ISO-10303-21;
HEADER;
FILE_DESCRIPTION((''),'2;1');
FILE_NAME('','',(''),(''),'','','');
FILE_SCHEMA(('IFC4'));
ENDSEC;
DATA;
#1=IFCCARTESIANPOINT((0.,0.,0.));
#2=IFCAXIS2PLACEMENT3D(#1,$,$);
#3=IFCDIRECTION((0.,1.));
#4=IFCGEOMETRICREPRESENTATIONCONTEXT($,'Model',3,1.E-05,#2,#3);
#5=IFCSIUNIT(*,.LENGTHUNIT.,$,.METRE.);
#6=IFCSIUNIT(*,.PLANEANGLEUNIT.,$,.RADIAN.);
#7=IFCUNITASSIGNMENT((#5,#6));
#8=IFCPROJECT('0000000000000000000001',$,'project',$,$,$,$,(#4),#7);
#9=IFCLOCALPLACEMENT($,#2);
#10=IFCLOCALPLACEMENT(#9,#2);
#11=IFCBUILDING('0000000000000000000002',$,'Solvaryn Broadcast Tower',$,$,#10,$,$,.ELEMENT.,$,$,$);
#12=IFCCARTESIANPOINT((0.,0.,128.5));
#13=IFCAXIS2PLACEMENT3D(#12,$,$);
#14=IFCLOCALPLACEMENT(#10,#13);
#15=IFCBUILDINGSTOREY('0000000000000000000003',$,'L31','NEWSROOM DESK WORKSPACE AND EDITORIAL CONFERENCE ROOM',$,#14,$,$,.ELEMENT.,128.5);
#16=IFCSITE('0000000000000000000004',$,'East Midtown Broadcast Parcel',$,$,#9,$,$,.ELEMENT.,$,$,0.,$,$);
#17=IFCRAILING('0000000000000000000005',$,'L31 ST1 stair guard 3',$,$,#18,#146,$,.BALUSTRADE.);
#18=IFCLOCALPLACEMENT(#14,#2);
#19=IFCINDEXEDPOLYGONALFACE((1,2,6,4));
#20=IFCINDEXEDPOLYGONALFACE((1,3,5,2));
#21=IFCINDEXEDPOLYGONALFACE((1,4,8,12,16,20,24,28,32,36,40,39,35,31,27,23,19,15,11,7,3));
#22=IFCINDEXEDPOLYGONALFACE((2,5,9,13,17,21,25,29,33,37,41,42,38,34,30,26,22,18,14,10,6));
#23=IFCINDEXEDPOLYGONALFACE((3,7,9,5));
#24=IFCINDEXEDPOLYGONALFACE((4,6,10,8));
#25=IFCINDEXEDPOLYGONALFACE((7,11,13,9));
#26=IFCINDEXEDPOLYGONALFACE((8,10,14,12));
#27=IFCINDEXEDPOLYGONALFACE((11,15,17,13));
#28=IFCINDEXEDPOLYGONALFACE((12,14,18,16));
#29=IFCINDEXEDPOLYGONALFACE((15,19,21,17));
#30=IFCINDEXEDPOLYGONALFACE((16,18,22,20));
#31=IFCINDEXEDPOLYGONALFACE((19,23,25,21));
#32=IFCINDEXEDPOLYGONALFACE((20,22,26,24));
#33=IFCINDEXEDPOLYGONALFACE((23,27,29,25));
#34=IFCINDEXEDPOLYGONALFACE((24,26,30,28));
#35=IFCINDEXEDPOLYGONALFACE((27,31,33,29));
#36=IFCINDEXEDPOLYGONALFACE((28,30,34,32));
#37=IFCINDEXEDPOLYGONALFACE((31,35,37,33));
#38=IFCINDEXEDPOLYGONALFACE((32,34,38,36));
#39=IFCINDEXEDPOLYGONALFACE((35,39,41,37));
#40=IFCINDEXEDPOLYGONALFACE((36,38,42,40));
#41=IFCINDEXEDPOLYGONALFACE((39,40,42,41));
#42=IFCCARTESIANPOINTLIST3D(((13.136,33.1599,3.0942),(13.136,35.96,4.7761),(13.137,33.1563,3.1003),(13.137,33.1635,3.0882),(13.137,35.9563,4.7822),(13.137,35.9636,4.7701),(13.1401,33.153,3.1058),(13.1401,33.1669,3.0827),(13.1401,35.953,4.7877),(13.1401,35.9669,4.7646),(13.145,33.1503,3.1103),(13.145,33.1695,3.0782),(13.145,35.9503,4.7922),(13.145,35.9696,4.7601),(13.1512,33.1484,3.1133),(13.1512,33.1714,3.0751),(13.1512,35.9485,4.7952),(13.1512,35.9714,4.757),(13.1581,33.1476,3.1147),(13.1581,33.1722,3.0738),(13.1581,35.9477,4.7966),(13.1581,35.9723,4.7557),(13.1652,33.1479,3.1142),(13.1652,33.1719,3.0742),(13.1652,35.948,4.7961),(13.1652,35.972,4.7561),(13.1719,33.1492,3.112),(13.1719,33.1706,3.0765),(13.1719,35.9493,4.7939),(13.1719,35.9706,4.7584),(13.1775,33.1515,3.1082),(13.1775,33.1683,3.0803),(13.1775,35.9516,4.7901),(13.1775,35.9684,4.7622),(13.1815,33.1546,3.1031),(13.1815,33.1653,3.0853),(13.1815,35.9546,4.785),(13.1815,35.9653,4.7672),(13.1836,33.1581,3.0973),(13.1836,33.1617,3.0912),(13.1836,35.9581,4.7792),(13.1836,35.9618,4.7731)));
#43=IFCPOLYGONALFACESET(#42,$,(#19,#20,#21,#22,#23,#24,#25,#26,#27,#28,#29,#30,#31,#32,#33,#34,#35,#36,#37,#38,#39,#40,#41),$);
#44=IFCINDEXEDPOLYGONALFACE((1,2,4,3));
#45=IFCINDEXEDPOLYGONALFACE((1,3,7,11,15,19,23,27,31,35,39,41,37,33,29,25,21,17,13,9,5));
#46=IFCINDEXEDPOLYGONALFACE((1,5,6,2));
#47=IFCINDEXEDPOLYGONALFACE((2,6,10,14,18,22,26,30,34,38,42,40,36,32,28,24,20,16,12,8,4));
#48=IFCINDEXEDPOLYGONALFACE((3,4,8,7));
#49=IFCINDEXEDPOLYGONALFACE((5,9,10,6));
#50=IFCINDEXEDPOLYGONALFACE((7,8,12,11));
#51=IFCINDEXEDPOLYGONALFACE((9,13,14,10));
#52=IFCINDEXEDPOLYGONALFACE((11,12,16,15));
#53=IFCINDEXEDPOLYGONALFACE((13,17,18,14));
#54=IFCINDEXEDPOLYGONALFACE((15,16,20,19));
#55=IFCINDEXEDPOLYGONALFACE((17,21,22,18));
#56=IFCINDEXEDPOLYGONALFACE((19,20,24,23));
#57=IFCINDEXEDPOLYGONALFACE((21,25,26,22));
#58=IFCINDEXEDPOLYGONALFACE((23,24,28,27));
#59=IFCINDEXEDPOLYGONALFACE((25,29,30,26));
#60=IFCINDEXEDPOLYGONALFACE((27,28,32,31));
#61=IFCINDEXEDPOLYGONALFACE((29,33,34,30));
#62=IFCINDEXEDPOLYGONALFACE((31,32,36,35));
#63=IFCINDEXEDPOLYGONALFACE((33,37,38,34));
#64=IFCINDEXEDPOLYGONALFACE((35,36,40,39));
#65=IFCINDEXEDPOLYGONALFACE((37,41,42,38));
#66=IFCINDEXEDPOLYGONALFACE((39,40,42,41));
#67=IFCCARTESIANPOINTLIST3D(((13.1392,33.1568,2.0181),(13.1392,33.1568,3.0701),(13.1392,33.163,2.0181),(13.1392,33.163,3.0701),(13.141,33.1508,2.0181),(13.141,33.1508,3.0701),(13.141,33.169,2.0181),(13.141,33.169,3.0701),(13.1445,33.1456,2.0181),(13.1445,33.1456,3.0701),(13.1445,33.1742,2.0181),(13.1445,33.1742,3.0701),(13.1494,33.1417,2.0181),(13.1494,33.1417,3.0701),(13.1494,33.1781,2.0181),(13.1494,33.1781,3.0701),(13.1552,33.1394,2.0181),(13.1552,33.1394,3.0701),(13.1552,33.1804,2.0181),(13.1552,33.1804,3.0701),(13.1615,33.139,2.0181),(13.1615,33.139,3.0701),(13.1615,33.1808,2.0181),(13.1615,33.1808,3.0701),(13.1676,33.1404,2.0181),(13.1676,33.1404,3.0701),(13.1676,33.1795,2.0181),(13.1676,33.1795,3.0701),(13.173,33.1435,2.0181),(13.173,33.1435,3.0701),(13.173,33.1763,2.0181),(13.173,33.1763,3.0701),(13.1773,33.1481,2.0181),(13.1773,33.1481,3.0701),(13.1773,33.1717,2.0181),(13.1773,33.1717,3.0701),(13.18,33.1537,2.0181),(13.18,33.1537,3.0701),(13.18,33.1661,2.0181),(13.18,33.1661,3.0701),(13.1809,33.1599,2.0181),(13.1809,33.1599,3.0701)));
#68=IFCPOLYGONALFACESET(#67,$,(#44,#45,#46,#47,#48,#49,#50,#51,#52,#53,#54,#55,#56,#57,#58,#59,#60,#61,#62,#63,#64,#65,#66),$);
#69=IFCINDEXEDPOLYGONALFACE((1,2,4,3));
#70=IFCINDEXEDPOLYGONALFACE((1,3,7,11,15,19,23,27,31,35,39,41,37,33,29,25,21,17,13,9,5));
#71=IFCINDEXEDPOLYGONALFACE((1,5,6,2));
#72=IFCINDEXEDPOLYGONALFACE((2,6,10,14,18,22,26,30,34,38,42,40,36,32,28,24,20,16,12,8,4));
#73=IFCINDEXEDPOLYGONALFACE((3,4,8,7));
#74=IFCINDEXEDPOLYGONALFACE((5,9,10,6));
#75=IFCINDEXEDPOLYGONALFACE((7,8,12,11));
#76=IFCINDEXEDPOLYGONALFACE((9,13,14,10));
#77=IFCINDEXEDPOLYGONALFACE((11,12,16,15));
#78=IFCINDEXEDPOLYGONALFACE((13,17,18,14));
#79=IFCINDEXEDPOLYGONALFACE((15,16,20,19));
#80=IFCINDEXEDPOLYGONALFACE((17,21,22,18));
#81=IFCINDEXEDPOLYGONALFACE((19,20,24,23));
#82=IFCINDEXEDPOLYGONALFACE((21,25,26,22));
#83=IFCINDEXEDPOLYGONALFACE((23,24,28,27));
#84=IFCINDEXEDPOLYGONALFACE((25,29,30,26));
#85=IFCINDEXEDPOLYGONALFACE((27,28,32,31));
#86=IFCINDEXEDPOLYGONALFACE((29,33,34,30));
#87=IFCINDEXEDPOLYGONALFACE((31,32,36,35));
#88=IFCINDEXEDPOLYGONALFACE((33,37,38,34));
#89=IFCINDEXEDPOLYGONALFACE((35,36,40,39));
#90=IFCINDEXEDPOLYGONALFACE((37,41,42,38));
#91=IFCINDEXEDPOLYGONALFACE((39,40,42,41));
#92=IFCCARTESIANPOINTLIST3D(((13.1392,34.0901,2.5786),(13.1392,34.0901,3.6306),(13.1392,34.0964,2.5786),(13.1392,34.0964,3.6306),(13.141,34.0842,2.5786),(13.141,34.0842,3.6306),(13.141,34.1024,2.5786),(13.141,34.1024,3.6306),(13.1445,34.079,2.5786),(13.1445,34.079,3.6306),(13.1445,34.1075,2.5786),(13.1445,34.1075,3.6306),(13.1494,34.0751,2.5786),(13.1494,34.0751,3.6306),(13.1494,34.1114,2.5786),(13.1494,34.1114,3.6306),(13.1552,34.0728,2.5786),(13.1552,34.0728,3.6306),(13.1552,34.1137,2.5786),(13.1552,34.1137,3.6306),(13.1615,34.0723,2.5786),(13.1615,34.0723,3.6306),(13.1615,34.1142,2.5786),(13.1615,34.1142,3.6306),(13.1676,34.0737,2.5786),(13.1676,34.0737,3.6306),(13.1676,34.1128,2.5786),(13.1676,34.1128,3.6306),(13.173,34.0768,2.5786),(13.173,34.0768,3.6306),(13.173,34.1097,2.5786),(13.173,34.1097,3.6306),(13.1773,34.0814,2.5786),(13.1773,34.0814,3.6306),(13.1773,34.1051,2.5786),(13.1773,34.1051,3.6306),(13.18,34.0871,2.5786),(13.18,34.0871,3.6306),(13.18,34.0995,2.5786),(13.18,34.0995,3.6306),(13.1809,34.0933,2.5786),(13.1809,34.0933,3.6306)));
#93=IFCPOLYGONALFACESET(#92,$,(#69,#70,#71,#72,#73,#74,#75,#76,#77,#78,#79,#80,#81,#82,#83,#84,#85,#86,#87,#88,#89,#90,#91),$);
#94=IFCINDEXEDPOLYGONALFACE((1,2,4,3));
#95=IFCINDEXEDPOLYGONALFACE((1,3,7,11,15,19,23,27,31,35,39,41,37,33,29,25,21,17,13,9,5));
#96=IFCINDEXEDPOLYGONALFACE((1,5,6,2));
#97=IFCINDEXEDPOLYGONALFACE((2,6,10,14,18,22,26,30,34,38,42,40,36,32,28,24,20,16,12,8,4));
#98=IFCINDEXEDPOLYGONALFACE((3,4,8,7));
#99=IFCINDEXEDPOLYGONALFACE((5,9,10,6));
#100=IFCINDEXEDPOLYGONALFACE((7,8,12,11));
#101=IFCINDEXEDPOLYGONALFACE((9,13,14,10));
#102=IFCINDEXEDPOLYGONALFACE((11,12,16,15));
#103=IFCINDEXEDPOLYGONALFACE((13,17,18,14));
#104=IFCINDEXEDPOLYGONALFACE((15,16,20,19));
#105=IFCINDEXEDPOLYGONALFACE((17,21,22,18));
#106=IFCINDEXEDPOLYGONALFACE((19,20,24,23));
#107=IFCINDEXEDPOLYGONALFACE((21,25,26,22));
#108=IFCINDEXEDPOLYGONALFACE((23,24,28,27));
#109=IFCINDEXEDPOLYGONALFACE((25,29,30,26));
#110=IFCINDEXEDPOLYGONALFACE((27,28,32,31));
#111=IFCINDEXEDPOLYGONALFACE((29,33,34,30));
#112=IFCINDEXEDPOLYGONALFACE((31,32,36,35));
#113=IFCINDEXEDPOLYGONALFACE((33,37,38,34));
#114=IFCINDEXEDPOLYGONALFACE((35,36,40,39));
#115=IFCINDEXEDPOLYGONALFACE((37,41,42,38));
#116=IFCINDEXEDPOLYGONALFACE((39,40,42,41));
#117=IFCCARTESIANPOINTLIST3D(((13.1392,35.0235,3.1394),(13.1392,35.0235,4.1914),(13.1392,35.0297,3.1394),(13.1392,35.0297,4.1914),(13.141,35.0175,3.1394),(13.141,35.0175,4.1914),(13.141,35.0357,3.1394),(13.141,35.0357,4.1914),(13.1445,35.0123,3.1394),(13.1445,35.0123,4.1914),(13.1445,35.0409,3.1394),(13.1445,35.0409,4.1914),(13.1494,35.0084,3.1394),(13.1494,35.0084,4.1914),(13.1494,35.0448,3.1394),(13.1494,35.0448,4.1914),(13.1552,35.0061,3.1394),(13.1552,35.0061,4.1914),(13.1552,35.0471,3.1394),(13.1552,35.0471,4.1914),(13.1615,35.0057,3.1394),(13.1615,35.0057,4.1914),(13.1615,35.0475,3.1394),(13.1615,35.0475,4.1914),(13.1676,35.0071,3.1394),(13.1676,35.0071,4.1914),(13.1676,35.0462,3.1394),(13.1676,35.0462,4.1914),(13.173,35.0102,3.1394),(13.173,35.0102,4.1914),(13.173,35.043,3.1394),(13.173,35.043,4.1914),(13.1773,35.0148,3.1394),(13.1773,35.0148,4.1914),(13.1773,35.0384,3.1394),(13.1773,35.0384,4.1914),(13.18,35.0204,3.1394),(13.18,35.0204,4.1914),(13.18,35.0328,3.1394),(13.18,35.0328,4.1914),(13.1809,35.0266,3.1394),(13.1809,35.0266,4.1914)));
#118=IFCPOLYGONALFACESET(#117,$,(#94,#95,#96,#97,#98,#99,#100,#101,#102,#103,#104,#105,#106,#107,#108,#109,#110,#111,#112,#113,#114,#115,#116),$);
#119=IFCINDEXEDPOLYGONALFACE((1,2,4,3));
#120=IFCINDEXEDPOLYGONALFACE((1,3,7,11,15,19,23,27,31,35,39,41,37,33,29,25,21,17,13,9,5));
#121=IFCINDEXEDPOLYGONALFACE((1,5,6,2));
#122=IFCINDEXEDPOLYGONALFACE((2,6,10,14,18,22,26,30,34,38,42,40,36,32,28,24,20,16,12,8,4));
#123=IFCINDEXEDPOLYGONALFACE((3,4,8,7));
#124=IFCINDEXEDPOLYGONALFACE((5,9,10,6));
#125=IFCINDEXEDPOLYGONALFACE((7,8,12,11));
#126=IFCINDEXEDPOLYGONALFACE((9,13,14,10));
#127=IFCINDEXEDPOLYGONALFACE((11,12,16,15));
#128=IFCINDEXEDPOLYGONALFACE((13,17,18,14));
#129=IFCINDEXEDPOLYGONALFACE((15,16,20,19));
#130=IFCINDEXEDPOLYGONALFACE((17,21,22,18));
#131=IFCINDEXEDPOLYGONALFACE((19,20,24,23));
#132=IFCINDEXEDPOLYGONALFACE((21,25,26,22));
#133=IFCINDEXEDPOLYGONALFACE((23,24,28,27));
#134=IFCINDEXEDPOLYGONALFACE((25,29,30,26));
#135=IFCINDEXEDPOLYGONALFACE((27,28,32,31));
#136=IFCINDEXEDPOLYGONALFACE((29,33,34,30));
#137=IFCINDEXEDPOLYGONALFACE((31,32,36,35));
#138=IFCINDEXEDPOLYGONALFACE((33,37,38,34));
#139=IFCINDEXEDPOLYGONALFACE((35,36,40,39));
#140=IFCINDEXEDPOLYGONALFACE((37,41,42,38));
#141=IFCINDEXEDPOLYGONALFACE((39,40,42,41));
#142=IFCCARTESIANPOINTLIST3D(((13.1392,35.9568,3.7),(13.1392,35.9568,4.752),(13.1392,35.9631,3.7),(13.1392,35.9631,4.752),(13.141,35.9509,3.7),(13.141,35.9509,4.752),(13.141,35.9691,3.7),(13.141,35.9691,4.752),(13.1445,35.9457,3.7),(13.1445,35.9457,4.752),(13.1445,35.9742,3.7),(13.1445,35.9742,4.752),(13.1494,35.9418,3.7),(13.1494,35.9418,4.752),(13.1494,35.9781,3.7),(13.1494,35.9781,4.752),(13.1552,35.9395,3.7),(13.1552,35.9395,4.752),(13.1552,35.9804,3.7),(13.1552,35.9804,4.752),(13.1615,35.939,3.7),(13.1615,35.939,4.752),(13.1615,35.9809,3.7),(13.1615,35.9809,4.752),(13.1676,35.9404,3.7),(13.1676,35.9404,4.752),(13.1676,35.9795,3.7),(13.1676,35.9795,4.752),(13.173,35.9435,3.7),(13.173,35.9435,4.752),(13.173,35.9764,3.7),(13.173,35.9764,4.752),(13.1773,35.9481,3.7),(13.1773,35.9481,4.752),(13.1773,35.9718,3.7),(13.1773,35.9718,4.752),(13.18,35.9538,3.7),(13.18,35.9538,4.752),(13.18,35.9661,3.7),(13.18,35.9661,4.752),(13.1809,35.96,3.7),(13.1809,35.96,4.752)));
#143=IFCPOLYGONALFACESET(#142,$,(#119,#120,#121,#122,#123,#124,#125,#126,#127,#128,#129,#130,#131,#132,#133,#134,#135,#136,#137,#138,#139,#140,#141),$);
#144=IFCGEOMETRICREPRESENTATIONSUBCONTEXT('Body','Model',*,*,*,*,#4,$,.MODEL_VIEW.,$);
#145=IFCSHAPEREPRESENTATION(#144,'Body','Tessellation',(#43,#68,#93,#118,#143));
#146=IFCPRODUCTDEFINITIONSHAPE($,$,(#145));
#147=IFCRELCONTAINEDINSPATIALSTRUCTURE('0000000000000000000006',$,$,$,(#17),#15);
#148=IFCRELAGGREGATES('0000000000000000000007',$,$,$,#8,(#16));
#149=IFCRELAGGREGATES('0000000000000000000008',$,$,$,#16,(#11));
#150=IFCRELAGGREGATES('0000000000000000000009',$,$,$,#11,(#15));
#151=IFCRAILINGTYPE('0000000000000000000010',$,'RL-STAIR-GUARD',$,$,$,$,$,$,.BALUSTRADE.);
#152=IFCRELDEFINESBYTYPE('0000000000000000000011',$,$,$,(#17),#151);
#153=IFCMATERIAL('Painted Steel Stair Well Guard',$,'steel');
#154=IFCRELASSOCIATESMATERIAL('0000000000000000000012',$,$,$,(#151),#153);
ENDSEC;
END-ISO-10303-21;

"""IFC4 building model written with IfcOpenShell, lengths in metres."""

from ifc_helpers import new_model, si_unit, direction, frame, origin, origin_2d, place, context, subcontext, project, spatial, circle, extrude, material, type_object, element, save


model = new_model("IFC4")

# Units and contexts
model_context = context("Model", 3, precision=1e-05, world=origin(), true_north=direction((0.0, 1.0)))
body_context = subcontext(model_context, "Body", "Model", "MODEL_VIEW")
ifc_project = project(units=[si_unit("LENGTHUNIT", "METRE"), si_unit("PLANEANGLEUNIT", "RADIAN")], contexts=[model_context])

# Site, building, storey
site_placement = place(None, origin())
site = spatial("IfcSite", under=ifc_project, at=site_placement, Name="East Midtown Broadcast Parcel", CompositionType="ELEMENT", RefElevation=0.0)
building_placement = place(site_placement, origin())
building = spatial("IfcBuilding", under=site, at=building_placement, Name="Solvaryn Broadcast Tower", CompositionType="ELEMENT")
storey_placement = place(building_placement, frame((0.0, 0.0, 128.5)))
storey = spatial("IfcBuildingStorey", under=building, at=storey_placement, Name="L31", Description="NEWSROOM DESK WORKSPACE AND EDITORIAL CONFERENCE ROOM", CompositionType="ELEMENT", Elevation=128.5)

# Railing
ifc_material_1 = material(Name="Painted Steel Stair Well Guard", Category="steel")
railing_type_1 = type_object("IfcRailingType", Name="RL-STAIR-GUARD", PredefinedType="BALUSTRADE", material=ifc_material_1)
railing_1_placement = place(storey_placement, frame((13.1599, 33.1599, 2.0181)))
element("IfcRailing", 1, at=railing_1_placement, inside=storey, type_object=railing_type_1, Name="L31 ST1 stair guard 3", PredefinedType="BALUSTRADE", context=body_context, shape_type="SweptSolid", body=[
    extrude(circle(Radius=0.0239, at=origin_2d()), frame((0.0, 0.0, 1.0762), z_axis=(0.0, 0.857242, 0.514913), x_axis=(-1.0, 0.0, 0.0)), (0.0, 0.0, 1.0), 3.2664),
    extrude(circle(Radius=0.021, at=origin_2d()), origin(), (0.0, 0.0, 1.0), 1.052),
    extrude(circle(Radius=0.021, at=origin_2d()), frame((0.0, 0.9333, 0.5605)), (0.0, 0.0, 1.0), 1.052),
    extrude(circle(Radius=0.021, at=origin_2d()), frame((0.0, 1.8667, 1.1213)), (0.0, 0.0, 1.0), 1.052),
    extrude(circle(Radius=0.021, at=origin_2d()), frame((0.0, 2.8, 1.6819)), (0.0, 0.0, 1.0), 1.052),
])

save(model, "model.ifc")
